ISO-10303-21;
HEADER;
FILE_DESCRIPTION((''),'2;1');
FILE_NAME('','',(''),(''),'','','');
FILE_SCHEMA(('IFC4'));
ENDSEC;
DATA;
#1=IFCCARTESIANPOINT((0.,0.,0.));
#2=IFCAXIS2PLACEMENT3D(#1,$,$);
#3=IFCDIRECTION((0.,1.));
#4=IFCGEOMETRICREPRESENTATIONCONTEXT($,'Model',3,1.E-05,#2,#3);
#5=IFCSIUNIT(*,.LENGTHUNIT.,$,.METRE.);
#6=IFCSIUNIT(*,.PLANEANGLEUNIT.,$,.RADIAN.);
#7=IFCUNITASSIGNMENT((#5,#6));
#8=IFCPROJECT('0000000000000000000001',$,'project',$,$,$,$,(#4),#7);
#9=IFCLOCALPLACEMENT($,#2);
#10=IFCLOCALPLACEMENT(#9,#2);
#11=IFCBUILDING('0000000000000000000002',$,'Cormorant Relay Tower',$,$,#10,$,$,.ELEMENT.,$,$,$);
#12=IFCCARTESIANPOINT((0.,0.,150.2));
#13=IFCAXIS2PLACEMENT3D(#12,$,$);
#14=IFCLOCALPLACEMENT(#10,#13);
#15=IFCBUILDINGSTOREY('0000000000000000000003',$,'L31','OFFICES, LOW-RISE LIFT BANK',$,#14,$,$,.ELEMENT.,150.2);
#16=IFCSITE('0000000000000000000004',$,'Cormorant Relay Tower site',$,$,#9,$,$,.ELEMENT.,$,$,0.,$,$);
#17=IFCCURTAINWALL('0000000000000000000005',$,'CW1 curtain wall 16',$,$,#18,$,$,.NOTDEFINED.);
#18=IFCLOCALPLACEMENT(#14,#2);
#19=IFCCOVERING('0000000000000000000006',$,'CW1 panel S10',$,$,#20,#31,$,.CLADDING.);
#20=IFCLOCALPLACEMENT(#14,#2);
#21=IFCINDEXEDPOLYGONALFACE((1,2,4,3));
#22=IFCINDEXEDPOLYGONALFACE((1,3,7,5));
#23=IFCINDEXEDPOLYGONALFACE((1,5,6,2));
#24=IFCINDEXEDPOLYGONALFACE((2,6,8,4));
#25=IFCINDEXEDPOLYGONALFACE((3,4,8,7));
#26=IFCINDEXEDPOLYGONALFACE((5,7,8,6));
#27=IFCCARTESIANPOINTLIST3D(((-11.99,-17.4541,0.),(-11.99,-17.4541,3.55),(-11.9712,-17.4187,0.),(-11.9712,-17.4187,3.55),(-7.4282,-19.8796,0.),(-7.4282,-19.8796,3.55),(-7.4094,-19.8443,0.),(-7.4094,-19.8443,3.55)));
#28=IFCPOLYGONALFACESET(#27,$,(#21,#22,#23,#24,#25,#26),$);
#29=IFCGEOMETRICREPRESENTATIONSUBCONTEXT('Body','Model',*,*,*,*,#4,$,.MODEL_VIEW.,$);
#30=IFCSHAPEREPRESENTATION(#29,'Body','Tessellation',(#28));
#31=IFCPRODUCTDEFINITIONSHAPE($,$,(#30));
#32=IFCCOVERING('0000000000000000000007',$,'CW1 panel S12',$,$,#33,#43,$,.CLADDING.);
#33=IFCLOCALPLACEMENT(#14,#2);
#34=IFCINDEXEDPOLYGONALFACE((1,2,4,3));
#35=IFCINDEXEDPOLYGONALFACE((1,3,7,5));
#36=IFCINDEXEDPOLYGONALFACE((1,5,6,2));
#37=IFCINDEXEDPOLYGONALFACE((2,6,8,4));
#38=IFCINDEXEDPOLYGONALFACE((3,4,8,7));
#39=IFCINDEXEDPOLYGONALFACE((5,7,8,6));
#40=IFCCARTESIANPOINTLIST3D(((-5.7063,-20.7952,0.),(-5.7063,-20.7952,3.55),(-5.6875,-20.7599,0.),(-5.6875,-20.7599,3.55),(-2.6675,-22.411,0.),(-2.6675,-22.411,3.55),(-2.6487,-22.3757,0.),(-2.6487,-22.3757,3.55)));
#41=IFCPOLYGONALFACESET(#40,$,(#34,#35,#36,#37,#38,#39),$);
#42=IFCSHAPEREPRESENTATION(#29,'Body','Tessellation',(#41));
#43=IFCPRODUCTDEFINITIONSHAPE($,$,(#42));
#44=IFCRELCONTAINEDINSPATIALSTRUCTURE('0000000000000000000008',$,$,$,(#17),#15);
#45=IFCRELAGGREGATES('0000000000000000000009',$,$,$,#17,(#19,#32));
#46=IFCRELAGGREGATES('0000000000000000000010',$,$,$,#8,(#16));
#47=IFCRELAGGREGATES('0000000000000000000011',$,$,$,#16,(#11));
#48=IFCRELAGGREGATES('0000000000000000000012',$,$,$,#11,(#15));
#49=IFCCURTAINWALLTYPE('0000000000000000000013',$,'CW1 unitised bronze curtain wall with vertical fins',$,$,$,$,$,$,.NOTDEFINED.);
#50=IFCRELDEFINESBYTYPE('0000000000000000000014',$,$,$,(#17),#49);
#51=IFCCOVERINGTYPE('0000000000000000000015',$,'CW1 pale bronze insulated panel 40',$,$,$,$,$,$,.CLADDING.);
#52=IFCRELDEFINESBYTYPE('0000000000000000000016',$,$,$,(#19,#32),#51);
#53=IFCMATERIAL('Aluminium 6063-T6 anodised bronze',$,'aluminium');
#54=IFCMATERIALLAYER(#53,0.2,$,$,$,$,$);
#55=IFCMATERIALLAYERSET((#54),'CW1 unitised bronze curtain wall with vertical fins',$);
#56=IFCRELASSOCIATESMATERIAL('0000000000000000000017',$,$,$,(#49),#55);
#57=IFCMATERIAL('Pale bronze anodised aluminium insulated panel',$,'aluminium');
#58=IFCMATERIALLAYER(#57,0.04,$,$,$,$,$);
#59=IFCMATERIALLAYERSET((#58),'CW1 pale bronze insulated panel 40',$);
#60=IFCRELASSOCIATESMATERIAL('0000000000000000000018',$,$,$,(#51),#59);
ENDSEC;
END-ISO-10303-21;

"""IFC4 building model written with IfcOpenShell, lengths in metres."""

from ifc_helpers import new_model, si_unit, direction, frame, origin, origin_2d, place, context, subcontext, project, spatial, rectangle, extrude, material, layer, layer_set, type_object, element, aggregate, save


model = new_model("IFC4")

# Units and contexts
model_context = context("Model", 3, precision=1e-05, world=origin(), true_north=direction((0.0, 1.0)))
body_context = subcontext(model_context, "Body", "Model", "MODEL_VIEW")
ifc_project = project(units=[si_unit("LENGTHUNIT", "METRE"), si_unit("PLANEANGLEUNIT", "RADIAN")], contexts=[model_context])

# Site, building, storey
site_placement = place(None, origin())
site = spatial("IfcSite", under=ifc_project, at=site_placement, Name="Cormorant Relay Tower site", CompositionType="ELEMENT", RefElevation=0.0)
building_placement = place(site_placement, origin())
building = spatial("IfcBuilding", under=site, at=building_placement, Name="Cormorant Relay Tower", CompositionType="ELEMENT")
storey_placement = place(building_placement, frame((0.0, 0.0, 150.2)))
storey = spatial("IfcBuildingStorey", under=building, at=storey_placement, Name="L31", Description="OFFICES, LOW-RISE LIFT BANK", CompositionType="ELEMENT", Elevation=150.2)

# Shared definitions
ifc_material_1 = material(Name="Aluminium 6063-T6 anodised bronze", Category="aluminium")
ifc_layer_1 = layer(ifc_material_1, 0.2)
ifc_layer_set_1 = layer_set([ifc_layer_1], Name="CW1 unitised bronze curtain wall with vertical fins")
curtain_wall_type = type_object("IfcCurtainWallType", Name="CW1 unitised bronze curtain wall with vertical fins", PredefinedType="NOTDEFINED", material=ifc_layer_set_1)

# Curtain wall
curtain_wall_1_placement = place(storey_placement, origin())
curtain_wall_1 = element("IfcCurtainWall", 1, at=curtain_wall_1_placement, inside=storey, type_object=curtain_wall_type, Name="CW1 curtain wall 16", PredefinedType="NOTDEFINED")

# Coverings
ifc_material_2 = material(Name="Pale bronze anodised aluminium insulated panel", Category="aluminium")
ifc_layer_2 = layer(ifc_material_2, 0.04)
ifc_layer_set_2 = layer_set([ifc_layer_2], Name="CW1 pale bronze insulated panel 40")
covering_type = type_object("IfcCoveringType", Name="CW1 pale bronze insulated panel 40", PredefinedType="CLADDING", material=ifc_layer_set_2)
covering_1_placement = place(storey_placement, frame((-9.6997, -18.6492, 0.0), z_axis=(0.0, 0.0, 1.0), x_axis=(0.882948, -0.469472, 0.0)))
covering_1 = element("IfcCovering", 2, at=covering_1_placement, type_object=covering_type, Name="CW1 panel S10", PredefinedType="CLADDING", context=body_context, shape_type="SweptSolid", body=[
    extrude(rectangle(XDim=5.1665, YDim=0.04, at=origin_2d()), origin(), (0.0, 0.0, 1.0), 3.55),
])
covering_2_placement = place(storey_placement, frame((-4.1775, -21.5854, 0.0), z_axis=(0.0, 0.0, 1.0), x_axis=(0.882948, -0.469472, 0.0)))
covering_2 = element("IfcCovering", 3, at=covering_2_placement, type_object=covering_type, Name="CW1 panel S12", PredefinedType="CLADDING", context=body_context, shape_type="SweptSolid", body=[
    extrude(rectangle(XDim=3.4417, YDim=0.04, at=origin_2d()), origin(), (0.0, 0.0, 1.0), 3.55),
])
aggregate(curtain_wall_1, [covering_1, covering_2])

save(model, "model.ifc")
